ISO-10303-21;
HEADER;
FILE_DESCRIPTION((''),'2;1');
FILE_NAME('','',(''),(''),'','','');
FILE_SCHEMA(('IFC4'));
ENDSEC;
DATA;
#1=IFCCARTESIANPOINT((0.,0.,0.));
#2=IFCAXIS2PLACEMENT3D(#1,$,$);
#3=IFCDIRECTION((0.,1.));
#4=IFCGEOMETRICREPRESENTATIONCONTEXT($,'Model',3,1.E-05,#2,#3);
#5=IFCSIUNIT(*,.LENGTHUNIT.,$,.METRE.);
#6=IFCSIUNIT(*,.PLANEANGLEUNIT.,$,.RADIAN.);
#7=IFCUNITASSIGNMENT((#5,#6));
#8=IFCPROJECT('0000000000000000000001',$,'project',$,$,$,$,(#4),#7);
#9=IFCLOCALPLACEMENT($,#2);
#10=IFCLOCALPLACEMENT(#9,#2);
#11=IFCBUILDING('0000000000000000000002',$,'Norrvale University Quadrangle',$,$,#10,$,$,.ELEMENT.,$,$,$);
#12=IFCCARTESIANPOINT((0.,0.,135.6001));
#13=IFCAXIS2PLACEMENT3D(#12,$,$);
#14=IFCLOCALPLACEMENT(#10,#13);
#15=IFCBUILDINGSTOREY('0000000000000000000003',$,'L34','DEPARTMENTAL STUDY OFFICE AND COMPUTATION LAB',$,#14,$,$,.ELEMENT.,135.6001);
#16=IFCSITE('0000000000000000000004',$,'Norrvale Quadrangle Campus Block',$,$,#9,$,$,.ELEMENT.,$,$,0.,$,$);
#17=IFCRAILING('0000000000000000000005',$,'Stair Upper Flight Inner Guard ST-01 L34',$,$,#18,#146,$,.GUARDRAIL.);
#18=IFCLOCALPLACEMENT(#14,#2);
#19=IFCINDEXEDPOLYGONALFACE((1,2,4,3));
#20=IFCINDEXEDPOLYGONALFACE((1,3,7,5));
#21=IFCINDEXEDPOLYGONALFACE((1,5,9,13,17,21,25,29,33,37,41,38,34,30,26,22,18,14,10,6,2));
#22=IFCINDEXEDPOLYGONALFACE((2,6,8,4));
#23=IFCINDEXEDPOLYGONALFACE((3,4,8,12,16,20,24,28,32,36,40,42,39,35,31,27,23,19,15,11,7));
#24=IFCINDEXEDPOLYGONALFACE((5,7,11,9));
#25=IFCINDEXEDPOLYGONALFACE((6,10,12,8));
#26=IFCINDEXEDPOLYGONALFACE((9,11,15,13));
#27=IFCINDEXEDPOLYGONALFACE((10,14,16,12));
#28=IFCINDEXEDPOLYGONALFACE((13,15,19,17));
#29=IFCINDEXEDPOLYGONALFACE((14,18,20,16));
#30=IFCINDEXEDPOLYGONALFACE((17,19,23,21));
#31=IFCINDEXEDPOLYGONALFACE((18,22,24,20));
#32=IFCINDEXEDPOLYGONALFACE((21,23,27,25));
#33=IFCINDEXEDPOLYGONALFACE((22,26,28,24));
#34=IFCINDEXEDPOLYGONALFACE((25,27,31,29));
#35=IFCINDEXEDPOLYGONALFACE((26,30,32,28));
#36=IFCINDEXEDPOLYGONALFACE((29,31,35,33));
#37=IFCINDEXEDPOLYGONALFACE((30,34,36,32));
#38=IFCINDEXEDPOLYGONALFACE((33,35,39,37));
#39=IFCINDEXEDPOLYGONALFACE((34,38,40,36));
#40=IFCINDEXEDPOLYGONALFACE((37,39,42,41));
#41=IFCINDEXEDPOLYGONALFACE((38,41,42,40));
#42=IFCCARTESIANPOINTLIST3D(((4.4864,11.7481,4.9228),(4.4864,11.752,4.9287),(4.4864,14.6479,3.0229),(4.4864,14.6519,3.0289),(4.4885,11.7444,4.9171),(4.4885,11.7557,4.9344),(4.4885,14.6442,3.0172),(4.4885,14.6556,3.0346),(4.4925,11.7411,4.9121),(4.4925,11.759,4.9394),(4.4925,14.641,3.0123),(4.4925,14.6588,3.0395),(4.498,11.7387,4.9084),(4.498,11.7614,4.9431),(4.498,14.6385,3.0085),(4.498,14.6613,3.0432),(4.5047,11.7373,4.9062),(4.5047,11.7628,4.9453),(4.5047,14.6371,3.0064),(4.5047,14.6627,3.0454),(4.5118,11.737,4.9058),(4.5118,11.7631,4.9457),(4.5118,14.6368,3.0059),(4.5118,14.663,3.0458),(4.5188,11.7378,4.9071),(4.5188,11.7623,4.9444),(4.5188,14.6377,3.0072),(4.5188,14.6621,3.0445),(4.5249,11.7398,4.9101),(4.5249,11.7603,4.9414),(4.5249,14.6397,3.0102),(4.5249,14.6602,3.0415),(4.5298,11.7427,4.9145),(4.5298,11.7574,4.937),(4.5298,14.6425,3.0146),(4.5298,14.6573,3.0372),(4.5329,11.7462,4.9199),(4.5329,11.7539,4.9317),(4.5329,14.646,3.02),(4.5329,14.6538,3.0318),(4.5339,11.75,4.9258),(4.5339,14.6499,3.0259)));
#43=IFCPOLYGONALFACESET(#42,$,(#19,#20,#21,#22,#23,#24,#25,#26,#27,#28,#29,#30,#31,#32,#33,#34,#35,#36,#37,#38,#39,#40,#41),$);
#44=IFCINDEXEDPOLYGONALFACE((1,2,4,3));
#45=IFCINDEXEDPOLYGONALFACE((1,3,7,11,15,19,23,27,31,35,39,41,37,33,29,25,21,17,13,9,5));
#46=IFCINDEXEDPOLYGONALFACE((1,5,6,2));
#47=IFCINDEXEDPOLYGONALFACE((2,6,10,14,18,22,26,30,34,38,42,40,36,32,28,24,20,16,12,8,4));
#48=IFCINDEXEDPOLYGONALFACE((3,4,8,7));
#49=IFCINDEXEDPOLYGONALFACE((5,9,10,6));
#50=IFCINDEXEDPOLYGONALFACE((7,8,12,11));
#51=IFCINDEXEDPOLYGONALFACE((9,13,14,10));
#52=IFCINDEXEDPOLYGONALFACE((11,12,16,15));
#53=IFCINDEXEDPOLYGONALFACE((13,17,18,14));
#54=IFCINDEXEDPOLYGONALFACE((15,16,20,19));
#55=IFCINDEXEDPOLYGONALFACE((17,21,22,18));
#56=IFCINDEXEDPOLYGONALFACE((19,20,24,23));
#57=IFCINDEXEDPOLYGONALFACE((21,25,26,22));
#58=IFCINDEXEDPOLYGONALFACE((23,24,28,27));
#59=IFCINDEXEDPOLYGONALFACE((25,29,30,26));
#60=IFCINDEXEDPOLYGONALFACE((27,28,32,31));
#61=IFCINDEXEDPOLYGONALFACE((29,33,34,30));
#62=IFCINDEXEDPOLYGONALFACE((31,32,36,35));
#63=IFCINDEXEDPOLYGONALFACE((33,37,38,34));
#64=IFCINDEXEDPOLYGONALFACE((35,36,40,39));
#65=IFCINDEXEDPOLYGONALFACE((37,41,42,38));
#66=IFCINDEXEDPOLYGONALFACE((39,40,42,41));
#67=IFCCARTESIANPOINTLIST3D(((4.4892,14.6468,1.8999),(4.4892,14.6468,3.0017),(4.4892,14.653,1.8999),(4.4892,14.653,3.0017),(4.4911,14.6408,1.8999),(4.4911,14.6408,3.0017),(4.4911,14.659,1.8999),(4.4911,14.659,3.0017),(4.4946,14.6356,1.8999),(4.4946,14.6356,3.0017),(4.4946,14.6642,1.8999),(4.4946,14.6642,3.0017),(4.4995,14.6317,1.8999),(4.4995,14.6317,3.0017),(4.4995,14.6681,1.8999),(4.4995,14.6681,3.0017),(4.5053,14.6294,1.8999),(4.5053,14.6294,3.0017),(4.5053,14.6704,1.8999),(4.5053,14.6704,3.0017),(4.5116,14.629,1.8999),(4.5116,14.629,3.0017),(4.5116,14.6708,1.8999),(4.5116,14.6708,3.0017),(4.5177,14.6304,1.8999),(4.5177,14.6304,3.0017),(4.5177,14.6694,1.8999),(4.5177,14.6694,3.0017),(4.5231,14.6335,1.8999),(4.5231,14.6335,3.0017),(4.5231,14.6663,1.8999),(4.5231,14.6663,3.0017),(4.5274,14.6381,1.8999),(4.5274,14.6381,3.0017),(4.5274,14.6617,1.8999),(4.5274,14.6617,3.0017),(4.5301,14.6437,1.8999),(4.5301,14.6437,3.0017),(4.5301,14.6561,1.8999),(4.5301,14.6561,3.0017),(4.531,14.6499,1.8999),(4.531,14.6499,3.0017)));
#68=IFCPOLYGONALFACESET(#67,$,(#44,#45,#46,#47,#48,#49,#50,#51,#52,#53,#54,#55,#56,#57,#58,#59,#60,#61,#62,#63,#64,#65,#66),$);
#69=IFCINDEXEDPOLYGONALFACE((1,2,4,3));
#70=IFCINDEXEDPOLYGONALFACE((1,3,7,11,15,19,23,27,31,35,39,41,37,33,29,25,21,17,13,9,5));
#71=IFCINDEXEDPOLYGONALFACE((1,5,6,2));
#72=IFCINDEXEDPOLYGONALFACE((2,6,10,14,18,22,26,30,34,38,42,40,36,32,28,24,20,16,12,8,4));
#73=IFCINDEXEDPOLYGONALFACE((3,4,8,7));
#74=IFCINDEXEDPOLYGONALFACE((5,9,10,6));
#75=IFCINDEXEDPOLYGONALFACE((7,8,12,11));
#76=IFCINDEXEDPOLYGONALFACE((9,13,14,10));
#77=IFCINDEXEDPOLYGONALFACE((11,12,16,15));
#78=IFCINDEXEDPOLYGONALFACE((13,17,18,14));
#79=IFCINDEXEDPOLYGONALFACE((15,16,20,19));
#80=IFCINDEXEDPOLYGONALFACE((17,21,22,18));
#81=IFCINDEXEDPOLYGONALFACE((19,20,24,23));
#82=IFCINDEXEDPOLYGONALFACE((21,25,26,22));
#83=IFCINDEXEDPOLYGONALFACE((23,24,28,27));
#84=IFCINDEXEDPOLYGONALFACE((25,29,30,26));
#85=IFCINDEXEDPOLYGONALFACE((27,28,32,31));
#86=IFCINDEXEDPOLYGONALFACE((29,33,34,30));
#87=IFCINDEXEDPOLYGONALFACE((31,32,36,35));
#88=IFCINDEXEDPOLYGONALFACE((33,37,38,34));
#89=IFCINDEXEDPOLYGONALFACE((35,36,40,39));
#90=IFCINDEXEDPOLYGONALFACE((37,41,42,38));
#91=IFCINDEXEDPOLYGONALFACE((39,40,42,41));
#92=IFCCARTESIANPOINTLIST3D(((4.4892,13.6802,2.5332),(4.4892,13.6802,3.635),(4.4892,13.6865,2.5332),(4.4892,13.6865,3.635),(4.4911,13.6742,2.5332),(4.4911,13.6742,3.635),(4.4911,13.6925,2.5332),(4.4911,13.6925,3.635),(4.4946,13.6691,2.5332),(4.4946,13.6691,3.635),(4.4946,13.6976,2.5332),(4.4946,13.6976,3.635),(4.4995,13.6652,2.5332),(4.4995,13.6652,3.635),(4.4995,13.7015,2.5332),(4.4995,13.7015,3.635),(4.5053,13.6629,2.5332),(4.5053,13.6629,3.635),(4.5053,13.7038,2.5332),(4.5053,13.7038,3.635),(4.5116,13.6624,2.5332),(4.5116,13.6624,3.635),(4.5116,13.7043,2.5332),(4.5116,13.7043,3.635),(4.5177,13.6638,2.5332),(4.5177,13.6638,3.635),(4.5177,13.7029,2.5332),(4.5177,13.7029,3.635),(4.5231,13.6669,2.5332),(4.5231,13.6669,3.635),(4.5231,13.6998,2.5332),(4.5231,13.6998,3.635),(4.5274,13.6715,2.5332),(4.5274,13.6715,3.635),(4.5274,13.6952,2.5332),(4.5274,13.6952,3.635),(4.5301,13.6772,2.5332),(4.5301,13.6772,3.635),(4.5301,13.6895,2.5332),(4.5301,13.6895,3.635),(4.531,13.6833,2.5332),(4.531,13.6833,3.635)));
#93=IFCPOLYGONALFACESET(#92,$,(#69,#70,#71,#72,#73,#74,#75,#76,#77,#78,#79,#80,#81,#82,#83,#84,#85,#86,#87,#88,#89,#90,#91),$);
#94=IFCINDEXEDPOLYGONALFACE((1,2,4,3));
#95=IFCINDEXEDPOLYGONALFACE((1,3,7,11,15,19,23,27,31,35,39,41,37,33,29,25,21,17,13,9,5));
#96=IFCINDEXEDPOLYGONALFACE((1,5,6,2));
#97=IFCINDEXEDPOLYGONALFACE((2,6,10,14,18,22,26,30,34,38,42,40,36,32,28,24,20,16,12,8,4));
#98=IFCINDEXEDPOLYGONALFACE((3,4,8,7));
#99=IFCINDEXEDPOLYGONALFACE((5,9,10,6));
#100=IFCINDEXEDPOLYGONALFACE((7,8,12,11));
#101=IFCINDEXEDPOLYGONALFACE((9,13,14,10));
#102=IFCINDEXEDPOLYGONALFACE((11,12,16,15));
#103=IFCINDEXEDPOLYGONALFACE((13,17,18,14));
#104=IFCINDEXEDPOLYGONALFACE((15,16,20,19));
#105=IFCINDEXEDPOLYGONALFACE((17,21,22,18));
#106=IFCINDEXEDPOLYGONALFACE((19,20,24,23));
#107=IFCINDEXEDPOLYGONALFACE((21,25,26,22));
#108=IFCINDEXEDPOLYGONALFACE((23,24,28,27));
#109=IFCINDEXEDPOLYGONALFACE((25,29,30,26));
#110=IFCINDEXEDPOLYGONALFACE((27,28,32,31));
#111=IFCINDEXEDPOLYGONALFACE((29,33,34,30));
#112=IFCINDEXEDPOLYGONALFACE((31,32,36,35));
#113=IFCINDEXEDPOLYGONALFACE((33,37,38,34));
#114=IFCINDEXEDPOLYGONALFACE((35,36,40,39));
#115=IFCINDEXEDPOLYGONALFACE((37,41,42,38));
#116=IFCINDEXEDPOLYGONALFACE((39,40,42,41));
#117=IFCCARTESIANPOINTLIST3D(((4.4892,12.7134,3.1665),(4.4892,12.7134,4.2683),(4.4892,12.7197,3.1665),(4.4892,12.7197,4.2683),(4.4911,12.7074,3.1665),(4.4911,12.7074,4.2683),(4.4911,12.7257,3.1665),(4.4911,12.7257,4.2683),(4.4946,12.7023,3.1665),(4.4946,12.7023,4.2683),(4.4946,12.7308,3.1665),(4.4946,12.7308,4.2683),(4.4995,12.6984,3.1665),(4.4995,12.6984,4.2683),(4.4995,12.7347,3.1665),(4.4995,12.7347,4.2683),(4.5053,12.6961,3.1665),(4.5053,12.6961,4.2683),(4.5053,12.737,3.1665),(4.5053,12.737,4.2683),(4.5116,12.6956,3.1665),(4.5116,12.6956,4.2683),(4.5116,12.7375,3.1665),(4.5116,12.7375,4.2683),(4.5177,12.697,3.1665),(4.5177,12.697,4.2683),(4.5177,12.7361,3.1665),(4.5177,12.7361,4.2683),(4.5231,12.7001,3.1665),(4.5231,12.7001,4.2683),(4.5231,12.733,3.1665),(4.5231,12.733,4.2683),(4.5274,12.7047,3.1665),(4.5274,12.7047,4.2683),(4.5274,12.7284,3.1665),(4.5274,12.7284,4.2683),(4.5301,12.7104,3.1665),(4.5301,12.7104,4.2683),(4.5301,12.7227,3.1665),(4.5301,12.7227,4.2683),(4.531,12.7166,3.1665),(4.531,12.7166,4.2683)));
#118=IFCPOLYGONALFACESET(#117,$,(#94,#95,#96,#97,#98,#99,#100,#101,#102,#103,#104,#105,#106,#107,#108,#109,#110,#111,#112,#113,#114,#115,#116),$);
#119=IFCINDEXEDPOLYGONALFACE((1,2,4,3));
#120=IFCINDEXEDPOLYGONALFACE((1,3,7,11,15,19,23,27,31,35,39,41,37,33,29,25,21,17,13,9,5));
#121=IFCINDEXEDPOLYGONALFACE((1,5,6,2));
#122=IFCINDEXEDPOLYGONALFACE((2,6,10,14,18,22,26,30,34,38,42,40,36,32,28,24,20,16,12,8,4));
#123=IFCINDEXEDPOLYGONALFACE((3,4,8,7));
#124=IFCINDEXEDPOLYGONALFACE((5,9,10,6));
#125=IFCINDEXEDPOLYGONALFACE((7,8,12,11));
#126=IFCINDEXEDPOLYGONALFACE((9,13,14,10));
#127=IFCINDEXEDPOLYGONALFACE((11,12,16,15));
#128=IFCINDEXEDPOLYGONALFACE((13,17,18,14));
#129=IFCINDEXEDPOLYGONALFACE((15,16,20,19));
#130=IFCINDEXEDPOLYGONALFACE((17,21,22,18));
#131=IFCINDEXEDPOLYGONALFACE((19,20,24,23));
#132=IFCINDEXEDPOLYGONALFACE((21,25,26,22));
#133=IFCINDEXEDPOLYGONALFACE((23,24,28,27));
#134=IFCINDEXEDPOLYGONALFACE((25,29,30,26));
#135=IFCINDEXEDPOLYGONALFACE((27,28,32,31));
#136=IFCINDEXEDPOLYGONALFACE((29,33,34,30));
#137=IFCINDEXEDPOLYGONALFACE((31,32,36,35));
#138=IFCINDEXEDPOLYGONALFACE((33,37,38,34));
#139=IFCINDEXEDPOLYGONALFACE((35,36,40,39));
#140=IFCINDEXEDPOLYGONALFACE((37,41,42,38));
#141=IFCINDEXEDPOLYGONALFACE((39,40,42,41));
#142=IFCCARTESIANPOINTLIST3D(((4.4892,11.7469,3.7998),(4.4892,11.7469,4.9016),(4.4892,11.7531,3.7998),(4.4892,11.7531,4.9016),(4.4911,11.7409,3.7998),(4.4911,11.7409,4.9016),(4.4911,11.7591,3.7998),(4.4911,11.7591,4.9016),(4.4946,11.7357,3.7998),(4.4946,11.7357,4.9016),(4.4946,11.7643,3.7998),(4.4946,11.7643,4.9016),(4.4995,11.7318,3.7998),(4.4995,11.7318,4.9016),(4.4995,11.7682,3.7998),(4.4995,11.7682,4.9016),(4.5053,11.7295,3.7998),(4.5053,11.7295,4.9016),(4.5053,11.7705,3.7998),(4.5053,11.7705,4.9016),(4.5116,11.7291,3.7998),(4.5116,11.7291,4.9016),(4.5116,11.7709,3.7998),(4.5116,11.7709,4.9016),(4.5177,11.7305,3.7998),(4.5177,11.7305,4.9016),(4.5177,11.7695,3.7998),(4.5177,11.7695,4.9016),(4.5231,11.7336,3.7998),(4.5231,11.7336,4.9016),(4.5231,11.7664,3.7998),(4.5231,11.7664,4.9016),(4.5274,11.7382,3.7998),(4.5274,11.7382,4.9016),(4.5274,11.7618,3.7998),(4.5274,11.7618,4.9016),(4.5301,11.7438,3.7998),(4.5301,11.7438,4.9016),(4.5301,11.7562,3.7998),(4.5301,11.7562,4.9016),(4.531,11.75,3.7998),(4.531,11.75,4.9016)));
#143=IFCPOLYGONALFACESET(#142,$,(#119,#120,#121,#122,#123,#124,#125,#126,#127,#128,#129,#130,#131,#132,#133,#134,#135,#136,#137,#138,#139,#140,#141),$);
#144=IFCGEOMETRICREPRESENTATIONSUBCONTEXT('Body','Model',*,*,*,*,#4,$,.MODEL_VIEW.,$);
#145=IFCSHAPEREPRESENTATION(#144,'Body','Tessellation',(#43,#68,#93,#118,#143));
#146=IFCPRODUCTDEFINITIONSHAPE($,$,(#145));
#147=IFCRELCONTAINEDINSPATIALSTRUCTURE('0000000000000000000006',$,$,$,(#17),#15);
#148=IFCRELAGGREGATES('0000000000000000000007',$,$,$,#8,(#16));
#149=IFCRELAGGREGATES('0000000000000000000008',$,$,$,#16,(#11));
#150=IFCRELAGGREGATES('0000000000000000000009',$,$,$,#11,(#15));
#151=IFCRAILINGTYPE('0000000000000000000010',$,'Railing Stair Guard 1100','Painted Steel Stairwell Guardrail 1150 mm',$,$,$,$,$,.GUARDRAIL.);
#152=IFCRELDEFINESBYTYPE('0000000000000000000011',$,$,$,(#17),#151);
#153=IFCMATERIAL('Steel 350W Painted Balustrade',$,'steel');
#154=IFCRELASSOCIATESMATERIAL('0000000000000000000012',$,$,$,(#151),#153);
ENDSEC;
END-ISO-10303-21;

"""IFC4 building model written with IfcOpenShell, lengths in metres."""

from ifc_helpers import new_model, si_unit, direction, frame, origin, origin_2d, place, context, subcontext, project, spatial, circle, extrude, material, type_object, element, save


model = new_model("IFC4")

# Units and contexts
model_context = context("Model", 3, precision=1e-05, world=origin(), true_north=direction((0.0, 1.0)))
body_context = subcontext(model_context, "Body", "Model", "MODEL_VIEW")
ifc_project = project(units=[si_unit("LENGTHUNIT", "METRE"), si_unit("PLANEANGLEUNIT", "RADIAN")], contexts=[model_context])

# Site, building, storey
site_placement = place(None, origin())
site = spatial("IfcSite", under=ifc_project, at=site_placement, Name="Norrvale Quadrangle Campus Block", CompositionType="ELEMENT", RefElevation=0.0)
building_placement = place(site_placement, origin())
building = spatial("IfcBuilding", under=site, at=building_placement, Name="Norrvale University Quadrangle", CompositionType="ELEMENT")
storey_placement = place(building_placement, frame((0.0, 0.0, 135.6001)))
storey = spatial("IfcBuildingStorey", under=building, at=storey_placement, Name="L34", Description="DEPARTMENTAL STUDY OFFICE AND COMPUTATION LAB", CompositionType="ELEMENT", Elevation=135.6001)

# Railing
ifc_material_1 = material(Name="Steel 350W Painted Balustrade", Category="steel")
railing_type_1 = type_object("IfcRailingType", Name="Railing Stair Guard 1100", Description="Painted Steel Stairwell Guardrail 1150 mm", PredefinedType="GUARDRAIL", material=ifc_material_1)
railing_1_placement = place(storey_placement, frame((4.51, 14.6499, 1.8999)))
element("IfcRailing", 1, at=railing_1_placement, inside=storey, type_object=railing_type_1, Name="Stair Upper Flight Inner Guard ST-01 L34", PredefinedType="GUARDRAIL", context=body_context, shape_type="SweptSolid", body=[
    extrude(circle(Radius=0.0239, at=origin_2d()), frame((0.0, 0.0, 1.126), z_axis=(0.0, -0.836466, 0.548019), x_axis=(1.0, 0.0, 0.0)), (0.0, 0.0, 1.0), 3.4668),
    extrude(circle(Radius=0.021, at=origin_2d()), origin(), (0.0, 0.0, 1.0), 1.1018),
    extrude(circle(Radius=0.021, at=origin_2d()), frame((0.0, -0.9666, 0.6333)), (0.0, 0.0, 1.0), 1.1018),
    extrude(circle(Radius=0.021, at=origin_2d()), frame((0.0, -1.9333, 1.2666)), (0.0, 0.0, 1.0), 1.1018),
    extrude(circle(Radius=0.021, at=origin_2d()), frame((0.0, -2.8999, 1.8999)), (0.0, 0.0, 1.0), 1.1018),
])

save(model, "model.ifc")
